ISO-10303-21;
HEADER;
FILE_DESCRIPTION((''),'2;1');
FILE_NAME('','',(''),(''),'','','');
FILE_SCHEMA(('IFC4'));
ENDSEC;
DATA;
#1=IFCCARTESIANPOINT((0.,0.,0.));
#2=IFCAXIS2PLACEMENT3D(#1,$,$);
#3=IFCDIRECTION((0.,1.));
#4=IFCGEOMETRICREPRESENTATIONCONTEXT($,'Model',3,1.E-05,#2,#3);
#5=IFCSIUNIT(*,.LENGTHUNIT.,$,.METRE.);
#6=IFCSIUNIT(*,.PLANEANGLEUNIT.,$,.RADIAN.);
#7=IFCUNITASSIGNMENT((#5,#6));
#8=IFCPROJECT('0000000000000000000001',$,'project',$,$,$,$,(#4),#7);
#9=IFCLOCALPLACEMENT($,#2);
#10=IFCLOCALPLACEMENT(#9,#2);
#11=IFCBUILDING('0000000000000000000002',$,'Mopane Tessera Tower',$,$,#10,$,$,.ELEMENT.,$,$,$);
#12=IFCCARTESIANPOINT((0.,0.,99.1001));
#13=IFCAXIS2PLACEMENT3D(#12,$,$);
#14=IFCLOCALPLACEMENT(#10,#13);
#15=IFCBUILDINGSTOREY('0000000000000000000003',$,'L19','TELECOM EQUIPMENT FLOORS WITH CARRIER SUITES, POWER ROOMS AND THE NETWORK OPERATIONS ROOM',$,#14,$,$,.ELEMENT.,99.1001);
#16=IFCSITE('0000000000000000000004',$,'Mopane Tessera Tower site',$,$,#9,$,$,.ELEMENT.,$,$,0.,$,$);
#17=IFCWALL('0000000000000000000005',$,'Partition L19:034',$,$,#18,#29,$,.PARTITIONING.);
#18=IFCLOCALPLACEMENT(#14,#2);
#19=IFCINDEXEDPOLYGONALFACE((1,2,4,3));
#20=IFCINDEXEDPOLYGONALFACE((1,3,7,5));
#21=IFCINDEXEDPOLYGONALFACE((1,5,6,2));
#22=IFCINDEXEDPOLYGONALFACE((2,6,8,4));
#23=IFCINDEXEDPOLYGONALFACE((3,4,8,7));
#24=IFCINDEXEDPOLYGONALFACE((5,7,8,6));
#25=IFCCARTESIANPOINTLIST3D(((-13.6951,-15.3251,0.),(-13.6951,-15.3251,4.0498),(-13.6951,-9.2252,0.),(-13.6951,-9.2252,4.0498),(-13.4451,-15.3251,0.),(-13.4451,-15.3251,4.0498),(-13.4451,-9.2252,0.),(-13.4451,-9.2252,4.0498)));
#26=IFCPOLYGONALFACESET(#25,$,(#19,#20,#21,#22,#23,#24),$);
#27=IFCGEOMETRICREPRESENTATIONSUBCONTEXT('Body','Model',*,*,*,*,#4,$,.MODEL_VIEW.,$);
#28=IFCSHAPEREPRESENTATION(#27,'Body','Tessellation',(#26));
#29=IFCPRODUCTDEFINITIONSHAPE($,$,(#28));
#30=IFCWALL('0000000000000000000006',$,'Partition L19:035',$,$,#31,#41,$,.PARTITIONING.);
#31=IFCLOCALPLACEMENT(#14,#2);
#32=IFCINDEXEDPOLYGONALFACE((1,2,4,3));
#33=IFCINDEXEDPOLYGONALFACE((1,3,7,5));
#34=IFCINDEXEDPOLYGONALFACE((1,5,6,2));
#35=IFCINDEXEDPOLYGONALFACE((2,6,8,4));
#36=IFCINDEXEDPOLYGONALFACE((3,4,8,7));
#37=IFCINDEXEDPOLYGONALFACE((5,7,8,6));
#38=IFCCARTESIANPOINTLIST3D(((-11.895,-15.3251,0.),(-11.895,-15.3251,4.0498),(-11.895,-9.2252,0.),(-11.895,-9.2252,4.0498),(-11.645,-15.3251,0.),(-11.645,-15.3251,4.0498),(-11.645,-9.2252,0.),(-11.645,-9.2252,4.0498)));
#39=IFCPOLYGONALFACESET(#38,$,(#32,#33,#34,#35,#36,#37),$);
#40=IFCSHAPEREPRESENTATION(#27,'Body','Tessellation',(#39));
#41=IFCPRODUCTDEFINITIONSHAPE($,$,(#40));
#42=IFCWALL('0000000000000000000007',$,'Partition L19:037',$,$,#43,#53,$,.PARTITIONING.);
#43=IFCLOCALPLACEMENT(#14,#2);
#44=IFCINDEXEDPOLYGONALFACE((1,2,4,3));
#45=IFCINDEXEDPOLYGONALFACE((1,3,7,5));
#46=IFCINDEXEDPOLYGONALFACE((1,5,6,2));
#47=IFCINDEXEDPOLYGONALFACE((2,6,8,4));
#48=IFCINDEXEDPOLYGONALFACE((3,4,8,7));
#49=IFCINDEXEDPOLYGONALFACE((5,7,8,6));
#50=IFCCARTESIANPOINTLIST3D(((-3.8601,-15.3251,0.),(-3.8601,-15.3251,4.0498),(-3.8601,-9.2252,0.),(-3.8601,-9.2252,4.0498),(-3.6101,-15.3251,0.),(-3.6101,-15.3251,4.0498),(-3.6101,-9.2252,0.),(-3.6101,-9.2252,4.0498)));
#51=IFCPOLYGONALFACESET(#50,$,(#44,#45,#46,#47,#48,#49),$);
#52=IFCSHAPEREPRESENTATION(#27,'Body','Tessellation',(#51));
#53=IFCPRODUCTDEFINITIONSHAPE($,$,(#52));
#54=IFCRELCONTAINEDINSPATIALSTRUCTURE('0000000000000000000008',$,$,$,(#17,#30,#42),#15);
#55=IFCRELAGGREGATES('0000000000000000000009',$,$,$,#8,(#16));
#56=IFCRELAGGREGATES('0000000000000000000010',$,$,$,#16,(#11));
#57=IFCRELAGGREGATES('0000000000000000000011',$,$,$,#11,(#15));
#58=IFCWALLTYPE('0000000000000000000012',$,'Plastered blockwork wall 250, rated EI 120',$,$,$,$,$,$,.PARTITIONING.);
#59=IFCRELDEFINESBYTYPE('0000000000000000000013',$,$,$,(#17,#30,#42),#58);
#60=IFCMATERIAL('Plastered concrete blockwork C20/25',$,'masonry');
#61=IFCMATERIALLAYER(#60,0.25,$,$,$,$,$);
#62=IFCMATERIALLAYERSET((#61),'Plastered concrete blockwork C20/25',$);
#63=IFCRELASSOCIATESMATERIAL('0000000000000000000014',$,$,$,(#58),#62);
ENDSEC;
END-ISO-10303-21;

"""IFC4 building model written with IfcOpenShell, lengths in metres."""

from ifc_helpers import new_model, si_unit, direction, frame, frame_2d, origin, place, context, subcontext, project, spatial, rectangle, extrude, material, layer, layer_set, type_object, element, save


model = new_model("IFC4")

# Units and contexts
model_context = context("Model", 3, precision=1e-05, world=origin(), true_north=direction((0.0, 1.0)))
body_context = subcontext(model_context, "Body", "Model", "MODEL_VIEW")
ifc_project = project(units=[si_unit("LENGTHUNIT", "METRE"), si_unit("PLANEANGLEUNIT", "RADIAN")], contexts=[model_context])

# Site, building, storey
site_placement = place(None, origin())
site = spatial("IfcSite", under=ifc_project, at=site_placement, Name="Mopane Tessera Tower site", CompositionType="ELEMENT", RefElevation=0.0)
building_placement = place(site_placement, origin())
building = spatial("IfcBuilding", under=site, at=building_placement, Name="Mopane Tessera Tower", CompositionType="ELEMENT")
storey_placement = place(building_placement, frame((0.0, 0.0, 99.1001)))
storey = spatial("IfcBuildingStorey", under=building, at=storey_placement, Name="L19", Description="TELECOM EQUIPMENT FLOORS WITH CARRIER SUITES, POWER ROOMS AND THE NETWORK OPERATIONS ROOM", CompositionType="ELEMENT", Elevation=99.1001)

# Walls
ifc_material_1 = material(Name="Plastered concrete blockwork C20/25", Category="masonry")
ifc_layer_1 = layer(ifc_material_1, 0.25)
ifc_layer_set_1 = layer_set([ifc_layer_1], Name="Plastered concrete blockwork C20/25")
wall_type_1 = type_object("IfcWallType", Name="Plastered blockwork wall 250, rated EI 120", PredefinedType="PARTITIONING", material=ifc_layer_set_1)
for number, where, z_axis, x_axis, name in (
    (1, (-13.5701, -15.325, 0.0), (0.0, 0.0, 1.0), (0.0, 1.0, 0.0), "Partition L19:034"),
    (2, (-11.77, -15.325, 0.0), (0.0, 0.0, 1.0), (0.0, 1.0, 0.0), "Partition L19:035"),
    (3, (-3.7351, -15.325, 0.0), (0.0, 0.0, 1.0), (0.0, 1.0, 0.0), "Partition L19:037"),
):
    element("IfcWall", number, at=place(storey_placement, frame(where, z_axis=z_axis, x_axis=x_axis)), inside=storey, type_object=wall_type_1, Name=name, PredefinedType="PARTITIONING", context=body_context, shape_type="SweptSolid", body=[
        extrude(rectangle(XDim=6.0999, YDim=0.25, at=frame_2d((3.0498, 0.0))), origin(), (0.0, 0.0, 1.0), 4.0498),
    ])

save(model, "model.ifc")
